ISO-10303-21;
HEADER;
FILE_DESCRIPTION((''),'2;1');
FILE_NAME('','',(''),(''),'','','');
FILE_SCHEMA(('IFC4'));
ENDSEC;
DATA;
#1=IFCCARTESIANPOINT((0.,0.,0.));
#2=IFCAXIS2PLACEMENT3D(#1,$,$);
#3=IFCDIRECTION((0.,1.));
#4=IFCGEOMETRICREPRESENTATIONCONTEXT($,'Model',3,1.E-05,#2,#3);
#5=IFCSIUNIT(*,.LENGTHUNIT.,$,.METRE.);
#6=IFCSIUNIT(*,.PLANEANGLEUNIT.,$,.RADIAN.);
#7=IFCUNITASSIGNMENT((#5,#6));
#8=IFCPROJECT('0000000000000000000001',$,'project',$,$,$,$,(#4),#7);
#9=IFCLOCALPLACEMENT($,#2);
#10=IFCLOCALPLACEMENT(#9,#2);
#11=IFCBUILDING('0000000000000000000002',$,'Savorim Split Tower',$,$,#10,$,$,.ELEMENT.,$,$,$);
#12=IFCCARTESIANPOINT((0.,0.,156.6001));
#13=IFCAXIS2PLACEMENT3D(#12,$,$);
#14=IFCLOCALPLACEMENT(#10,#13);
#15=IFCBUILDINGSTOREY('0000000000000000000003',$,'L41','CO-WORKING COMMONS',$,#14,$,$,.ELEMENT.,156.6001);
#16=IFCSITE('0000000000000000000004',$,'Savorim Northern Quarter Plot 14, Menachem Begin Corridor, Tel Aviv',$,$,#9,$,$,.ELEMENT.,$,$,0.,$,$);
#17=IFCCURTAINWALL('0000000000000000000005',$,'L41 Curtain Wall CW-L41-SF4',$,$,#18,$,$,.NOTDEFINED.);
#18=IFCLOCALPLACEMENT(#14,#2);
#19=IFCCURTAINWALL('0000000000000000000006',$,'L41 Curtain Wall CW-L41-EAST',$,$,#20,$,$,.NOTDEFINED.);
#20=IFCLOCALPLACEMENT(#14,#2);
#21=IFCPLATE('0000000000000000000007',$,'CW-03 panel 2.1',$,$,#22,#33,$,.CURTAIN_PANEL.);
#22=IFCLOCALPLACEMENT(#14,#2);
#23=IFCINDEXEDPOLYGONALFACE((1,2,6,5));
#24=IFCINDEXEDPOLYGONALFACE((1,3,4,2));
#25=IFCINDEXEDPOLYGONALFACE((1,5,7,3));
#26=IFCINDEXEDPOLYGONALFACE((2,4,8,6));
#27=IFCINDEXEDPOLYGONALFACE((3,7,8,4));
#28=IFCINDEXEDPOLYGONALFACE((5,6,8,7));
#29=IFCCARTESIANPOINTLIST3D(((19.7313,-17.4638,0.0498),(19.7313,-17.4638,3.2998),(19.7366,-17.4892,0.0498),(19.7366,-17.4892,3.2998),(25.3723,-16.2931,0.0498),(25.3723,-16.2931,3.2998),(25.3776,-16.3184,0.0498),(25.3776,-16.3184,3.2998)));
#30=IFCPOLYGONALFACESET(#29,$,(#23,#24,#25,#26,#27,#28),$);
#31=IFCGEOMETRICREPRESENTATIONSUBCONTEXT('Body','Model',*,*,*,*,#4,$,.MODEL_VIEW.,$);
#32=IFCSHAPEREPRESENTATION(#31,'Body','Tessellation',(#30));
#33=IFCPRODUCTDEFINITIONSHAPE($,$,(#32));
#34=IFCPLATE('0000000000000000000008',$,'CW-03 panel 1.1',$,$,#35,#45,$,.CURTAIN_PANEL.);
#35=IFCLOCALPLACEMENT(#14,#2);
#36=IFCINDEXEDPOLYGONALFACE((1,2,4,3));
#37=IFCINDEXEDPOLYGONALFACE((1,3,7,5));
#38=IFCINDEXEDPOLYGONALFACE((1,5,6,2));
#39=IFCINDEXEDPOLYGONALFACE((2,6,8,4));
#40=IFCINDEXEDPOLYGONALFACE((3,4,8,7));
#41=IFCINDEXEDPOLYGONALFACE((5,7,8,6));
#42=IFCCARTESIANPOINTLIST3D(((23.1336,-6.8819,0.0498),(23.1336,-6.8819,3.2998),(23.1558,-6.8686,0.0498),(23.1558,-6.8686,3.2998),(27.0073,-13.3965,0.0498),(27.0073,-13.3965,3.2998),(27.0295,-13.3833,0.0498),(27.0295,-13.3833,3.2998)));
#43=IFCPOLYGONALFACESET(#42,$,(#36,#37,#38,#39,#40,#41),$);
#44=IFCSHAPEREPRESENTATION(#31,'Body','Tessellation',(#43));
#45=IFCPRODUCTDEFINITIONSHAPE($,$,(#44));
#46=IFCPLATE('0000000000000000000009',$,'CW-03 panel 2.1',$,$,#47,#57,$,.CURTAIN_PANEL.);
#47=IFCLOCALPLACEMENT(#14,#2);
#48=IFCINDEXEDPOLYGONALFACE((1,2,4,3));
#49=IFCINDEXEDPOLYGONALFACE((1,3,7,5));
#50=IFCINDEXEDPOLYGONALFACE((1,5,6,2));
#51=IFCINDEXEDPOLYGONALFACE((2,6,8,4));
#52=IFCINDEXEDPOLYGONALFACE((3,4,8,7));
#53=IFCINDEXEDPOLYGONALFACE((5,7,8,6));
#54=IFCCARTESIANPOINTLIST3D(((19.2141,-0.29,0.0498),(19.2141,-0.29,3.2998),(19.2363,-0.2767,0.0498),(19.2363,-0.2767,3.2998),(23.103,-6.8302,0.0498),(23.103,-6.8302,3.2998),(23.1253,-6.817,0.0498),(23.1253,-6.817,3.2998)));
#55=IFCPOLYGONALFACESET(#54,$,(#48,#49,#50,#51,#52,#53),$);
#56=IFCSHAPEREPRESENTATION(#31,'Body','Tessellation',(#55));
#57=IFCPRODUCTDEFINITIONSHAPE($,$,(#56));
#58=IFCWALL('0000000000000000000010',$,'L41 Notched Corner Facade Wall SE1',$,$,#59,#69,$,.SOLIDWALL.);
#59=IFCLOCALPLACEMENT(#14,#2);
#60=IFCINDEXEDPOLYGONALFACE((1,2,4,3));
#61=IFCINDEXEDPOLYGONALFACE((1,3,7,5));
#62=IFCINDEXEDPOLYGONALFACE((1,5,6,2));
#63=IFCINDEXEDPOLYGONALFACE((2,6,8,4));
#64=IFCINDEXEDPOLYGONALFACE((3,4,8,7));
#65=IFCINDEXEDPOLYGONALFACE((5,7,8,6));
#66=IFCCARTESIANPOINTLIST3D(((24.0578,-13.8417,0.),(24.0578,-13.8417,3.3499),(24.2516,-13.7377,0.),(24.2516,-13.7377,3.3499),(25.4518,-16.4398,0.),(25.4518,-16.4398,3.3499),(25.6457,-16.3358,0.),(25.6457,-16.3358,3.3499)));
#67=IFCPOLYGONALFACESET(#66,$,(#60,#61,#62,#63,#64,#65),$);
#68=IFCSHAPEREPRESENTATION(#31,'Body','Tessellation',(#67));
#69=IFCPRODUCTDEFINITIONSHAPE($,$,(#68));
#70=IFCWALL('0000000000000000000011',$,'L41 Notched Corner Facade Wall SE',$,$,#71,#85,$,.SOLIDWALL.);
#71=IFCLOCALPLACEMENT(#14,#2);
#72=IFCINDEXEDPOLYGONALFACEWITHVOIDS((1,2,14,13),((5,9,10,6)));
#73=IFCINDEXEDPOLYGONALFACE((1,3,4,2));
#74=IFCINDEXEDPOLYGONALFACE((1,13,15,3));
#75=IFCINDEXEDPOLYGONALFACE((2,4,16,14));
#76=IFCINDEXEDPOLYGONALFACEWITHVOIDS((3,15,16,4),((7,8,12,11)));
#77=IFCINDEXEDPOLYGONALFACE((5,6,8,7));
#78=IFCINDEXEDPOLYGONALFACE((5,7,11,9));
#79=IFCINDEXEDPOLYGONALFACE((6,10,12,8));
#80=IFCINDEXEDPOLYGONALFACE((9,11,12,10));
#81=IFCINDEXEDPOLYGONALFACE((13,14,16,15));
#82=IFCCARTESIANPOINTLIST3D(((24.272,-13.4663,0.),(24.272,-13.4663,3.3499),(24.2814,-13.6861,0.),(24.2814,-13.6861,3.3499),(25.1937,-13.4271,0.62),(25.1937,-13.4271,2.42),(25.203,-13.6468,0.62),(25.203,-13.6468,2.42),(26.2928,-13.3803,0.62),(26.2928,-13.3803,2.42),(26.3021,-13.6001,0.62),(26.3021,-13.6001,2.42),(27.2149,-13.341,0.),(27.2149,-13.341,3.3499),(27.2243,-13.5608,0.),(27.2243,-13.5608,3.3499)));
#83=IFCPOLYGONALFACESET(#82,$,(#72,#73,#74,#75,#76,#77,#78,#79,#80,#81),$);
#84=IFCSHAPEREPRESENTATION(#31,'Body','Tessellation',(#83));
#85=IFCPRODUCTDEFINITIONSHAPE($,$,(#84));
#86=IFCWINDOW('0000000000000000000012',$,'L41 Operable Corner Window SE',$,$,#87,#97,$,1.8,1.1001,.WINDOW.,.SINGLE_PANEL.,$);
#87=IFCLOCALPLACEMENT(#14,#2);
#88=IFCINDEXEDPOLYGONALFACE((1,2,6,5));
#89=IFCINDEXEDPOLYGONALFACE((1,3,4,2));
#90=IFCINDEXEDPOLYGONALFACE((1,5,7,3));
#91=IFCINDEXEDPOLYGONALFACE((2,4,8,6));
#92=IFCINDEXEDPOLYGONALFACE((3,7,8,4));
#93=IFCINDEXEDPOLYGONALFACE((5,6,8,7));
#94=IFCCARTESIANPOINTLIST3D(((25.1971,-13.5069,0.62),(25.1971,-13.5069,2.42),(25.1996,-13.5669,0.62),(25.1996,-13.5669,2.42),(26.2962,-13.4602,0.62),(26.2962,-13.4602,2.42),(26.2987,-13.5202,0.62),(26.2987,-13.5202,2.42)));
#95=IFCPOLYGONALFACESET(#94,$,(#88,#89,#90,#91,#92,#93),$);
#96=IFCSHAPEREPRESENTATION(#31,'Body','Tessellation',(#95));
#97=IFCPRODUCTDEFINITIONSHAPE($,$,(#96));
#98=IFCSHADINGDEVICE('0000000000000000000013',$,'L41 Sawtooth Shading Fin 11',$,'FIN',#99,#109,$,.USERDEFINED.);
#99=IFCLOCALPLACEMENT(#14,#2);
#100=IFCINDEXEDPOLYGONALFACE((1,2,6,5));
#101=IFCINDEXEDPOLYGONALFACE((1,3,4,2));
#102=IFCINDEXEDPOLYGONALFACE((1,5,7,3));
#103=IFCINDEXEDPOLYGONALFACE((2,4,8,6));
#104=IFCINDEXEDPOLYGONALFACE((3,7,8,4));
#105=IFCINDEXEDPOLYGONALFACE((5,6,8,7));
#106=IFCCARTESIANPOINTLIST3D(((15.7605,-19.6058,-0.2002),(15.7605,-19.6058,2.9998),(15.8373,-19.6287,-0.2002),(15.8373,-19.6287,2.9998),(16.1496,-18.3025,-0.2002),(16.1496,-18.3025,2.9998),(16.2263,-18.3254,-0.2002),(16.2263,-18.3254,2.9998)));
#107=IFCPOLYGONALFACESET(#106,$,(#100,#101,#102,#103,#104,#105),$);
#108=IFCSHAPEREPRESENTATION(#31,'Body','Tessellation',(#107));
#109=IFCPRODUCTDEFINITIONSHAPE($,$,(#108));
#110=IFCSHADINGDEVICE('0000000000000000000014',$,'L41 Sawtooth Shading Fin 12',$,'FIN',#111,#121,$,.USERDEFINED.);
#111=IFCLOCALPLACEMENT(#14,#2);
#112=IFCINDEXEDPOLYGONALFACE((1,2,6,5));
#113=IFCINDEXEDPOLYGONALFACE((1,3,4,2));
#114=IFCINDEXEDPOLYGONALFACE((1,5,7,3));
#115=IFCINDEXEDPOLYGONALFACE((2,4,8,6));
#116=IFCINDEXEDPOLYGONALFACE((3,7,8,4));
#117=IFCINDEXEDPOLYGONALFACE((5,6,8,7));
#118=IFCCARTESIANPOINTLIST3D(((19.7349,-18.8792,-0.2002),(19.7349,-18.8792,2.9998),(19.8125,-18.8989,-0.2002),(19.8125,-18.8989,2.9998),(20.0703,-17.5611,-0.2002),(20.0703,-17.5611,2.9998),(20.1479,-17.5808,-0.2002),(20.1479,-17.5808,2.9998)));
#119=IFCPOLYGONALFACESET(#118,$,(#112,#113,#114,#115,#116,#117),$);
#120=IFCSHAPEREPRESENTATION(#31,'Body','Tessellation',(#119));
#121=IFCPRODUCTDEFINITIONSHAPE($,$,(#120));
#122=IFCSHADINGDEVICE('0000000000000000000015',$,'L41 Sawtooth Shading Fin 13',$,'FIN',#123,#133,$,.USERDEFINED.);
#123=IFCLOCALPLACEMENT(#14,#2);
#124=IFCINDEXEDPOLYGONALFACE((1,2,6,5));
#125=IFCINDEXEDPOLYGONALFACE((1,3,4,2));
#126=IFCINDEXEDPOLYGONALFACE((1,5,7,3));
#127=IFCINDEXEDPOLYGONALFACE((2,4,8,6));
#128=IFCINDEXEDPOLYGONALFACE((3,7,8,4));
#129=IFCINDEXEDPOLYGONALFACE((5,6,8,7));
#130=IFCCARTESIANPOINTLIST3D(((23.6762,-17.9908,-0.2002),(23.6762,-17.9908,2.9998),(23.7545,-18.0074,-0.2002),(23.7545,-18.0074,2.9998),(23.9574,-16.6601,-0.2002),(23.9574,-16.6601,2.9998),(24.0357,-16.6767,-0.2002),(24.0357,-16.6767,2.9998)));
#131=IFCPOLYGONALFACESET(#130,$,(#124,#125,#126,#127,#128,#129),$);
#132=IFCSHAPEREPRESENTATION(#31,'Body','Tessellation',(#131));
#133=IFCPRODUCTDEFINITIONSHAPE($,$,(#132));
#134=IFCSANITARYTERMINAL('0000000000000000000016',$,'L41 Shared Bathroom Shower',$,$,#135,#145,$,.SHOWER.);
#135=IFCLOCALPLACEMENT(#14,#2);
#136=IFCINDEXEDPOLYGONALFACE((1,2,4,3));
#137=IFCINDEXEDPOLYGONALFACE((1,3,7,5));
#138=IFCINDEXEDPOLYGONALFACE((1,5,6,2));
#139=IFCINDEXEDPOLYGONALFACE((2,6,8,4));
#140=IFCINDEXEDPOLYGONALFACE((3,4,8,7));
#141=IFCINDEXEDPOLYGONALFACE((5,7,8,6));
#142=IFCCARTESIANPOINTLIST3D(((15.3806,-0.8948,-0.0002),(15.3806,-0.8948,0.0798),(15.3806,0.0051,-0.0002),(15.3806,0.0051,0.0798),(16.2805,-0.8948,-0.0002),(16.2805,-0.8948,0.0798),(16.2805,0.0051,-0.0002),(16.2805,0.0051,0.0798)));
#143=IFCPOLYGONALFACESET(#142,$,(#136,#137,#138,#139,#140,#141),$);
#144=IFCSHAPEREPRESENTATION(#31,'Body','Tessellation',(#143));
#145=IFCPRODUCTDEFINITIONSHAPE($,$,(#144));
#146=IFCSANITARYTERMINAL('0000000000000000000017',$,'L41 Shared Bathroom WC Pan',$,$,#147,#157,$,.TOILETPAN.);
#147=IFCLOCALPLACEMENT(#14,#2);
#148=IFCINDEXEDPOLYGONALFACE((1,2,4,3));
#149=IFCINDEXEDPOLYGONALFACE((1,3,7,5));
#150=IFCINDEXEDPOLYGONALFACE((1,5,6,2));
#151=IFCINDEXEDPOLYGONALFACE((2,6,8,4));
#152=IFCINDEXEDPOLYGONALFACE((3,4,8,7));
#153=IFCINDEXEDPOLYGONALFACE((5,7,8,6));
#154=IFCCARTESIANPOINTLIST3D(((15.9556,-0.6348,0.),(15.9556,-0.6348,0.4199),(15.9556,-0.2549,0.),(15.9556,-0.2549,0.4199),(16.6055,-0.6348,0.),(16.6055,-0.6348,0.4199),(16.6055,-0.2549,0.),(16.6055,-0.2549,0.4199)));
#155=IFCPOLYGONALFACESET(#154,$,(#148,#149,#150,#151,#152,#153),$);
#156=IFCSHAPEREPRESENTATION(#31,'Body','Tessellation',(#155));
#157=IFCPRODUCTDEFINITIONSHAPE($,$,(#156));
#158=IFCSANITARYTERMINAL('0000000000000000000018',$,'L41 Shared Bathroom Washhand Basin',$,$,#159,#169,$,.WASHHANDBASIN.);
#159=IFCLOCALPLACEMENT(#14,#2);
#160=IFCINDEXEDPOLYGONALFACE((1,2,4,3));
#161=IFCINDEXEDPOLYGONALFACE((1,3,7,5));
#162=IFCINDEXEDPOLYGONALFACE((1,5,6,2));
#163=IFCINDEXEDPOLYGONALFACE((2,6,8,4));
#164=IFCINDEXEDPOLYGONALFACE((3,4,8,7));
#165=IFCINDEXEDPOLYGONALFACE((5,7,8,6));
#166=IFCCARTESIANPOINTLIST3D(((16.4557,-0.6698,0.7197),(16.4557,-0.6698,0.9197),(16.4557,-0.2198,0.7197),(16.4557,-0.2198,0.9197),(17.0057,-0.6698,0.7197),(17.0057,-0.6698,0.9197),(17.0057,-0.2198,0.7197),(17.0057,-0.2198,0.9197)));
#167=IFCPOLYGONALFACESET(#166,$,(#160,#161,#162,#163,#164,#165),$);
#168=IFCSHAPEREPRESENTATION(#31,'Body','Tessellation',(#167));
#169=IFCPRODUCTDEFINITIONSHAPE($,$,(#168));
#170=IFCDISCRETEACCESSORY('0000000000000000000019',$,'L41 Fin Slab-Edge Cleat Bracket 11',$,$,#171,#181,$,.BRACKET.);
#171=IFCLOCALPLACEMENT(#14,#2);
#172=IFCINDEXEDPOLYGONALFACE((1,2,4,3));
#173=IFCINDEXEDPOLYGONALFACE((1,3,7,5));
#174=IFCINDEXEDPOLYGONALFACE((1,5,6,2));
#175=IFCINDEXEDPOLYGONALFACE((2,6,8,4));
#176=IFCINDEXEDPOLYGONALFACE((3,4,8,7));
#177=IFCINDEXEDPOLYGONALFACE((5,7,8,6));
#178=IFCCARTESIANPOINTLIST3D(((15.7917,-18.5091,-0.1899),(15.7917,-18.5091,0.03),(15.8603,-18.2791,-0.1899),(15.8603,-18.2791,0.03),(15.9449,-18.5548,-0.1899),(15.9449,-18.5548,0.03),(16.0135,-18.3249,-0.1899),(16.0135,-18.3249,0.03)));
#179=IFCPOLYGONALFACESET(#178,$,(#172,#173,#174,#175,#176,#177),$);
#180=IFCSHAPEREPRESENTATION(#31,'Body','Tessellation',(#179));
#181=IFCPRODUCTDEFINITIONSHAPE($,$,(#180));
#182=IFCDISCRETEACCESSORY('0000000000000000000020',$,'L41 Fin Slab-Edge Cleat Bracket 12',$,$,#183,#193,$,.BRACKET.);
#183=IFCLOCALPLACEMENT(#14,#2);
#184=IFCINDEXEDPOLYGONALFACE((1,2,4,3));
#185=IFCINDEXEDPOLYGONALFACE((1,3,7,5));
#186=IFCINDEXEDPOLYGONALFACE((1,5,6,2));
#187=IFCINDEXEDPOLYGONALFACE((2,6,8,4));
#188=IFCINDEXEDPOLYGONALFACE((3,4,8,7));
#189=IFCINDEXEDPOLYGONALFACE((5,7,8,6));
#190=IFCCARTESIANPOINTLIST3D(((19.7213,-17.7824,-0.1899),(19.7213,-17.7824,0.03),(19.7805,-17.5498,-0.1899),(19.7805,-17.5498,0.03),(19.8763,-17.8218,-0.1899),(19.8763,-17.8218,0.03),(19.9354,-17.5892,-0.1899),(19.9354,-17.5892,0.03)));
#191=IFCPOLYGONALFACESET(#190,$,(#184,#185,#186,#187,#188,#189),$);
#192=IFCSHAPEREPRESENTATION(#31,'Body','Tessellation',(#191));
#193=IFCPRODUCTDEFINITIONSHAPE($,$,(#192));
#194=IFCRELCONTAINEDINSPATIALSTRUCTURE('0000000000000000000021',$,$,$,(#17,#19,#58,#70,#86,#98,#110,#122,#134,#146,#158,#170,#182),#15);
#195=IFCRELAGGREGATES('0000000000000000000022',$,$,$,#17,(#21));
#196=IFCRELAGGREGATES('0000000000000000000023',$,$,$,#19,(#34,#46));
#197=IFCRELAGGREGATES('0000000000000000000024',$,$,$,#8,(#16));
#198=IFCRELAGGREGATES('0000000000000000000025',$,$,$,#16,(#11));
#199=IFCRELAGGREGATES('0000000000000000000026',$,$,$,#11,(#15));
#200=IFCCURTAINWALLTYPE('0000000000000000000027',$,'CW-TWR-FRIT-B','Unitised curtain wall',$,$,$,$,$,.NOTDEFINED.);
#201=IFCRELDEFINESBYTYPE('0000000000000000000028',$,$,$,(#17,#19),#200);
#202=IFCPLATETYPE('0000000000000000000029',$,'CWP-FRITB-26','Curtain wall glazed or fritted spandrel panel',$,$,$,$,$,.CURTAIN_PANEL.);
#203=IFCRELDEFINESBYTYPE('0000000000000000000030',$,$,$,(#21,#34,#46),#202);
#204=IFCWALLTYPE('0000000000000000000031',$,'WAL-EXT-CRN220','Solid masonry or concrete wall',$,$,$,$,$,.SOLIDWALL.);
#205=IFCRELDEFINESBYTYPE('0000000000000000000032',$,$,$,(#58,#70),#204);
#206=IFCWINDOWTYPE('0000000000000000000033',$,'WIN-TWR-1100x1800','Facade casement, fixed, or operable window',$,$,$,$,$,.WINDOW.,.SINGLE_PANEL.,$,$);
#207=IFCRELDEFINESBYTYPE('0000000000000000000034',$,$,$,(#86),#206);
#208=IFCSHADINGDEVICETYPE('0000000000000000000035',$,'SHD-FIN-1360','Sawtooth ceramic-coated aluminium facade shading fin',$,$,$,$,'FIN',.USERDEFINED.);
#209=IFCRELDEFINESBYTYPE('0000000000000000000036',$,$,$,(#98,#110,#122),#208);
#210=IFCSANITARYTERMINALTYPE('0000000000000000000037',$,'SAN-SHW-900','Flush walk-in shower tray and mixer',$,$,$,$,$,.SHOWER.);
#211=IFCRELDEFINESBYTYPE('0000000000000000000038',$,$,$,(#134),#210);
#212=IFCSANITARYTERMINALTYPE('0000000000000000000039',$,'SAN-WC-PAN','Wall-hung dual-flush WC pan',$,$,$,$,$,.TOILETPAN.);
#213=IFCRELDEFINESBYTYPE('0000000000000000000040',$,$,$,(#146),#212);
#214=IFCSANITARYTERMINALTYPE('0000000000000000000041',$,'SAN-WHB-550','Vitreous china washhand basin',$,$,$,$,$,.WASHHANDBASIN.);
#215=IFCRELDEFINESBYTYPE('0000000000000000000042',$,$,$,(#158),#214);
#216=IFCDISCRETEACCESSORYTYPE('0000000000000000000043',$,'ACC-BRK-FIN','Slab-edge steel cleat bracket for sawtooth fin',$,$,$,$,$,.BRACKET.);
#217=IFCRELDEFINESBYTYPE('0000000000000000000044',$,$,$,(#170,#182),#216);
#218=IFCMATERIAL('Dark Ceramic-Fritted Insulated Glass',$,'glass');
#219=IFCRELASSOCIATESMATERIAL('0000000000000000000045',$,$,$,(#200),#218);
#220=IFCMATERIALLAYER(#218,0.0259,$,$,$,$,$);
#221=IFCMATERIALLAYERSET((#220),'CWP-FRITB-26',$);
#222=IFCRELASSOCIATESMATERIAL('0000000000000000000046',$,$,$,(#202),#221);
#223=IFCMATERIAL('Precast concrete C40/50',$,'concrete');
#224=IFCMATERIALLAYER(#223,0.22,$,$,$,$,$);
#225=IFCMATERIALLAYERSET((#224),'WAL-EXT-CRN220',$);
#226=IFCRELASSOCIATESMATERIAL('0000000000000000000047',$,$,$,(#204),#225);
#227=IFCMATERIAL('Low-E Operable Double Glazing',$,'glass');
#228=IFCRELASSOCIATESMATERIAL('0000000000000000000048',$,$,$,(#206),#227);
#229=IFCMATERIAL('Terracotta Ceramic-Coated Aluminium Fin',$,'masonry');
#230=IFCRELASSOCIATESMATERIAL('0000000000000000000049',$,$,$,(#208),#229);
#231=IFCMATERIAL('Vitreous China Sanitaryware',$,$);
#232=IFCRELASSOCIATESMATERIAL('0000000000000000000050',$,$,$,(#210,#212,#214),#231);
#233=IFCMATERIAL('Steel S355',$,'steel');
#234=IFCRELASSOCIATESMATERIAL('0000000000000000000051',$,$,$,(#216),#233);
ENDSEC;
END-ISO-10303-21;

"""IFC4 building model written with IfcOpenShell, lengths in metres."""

from ifc_helpers import new_model, si_unit, direction, frame, frame_2d, origin, origin_2d, place, context, subcontext, project, spatial, rectangle, extrude, material, layer, layer_set, type_object, element, fill, aggregate, save


model = new_model("IFC4")

# Units and contexts
model_context = context("Model", 3, precision=1e-05, world=origin(), true_north=direction((0.0, 1.0)))
body_context = subcontext(model_context, "Body", "Model", "MODEL_VIEW")
ifc_project = project(units=[si_unit("LENGTHUNIT", "METRE"), si_unit("PLANEANGLEUNIT", "RADIAN")], contexts=[model_context])

# Site, building, storey
site_placement = place(None, origin())
site = spatial("IfcSite", under=ifc_project, at=site_placement, Name="Savorim Northern Quarter Plot 14, Menachem Begin Corridor, Tel Aviv", CompositionType="ELEMENT", RefElevation=0.0)
building_placement = place(site_placement, origin())
building = spatial("IfcBuilding", under=site, at=building_placement, Name="Savorim Split Tower", CompositionType="ELEMENT")
storey_placement = place(building_placement, frame((0.0, 0.0, 156.6001)))
storey = spatial("IfcBuildingStorey", under=building, at=storey_placement, Name="L41", Description="CO-WORKING COMMONS", CompositionType="ELEMENT", Elevation=156.6001)

# Shared definitions
ifc_material_1 = material(Name="Steel S355", Category="steel")

# Curtain walls
ifc_material_2 = material(Name="Dark Ceramic-Fritted Insulated Glass", Category="glass")
curtain_wall_type = type_object("IfcCurtainWallType", Name="CW-TWR-FRIT-B", Description="Unitised curtain wall", PredefinedType="NOTDEFINED", material=ifc_material_2)
curtain_wall_1_placement = place(storey_placement, origin())
curtain_wall_1 = element("IfcCurtainWall", 1, at=curtain_wall_1_placement, inside=storey, type_object=curtain_wall_type, Name="L41 Curtain Wall CW-L41-SF4", PredefinedType="NOTDEFINED")
curtain_wall_2_placement = place(storey_placement, origin())
curtain_wall_2 = element("IfcCurtainWall", 2, at=curtain_wall_2_placement, inside=storey, type_object=curtain_wall_type, Name="L41 Curtain Wall CW-L41-EAST", PredefinedType="NOTDEFINED")

# Plates
ifc_layer_1 = layer(ifc_material_2, 0.0259)
ifc_layer_set_1 = layer_set([ifc_layer_1], Name="CWP-FRITB-26")
plate_type = type_object("IfcPlateType", Name="CWP-FRITB-26", Description="Curtain wall glazed or fritted spandrel panel", PredefinedType="CURTAIN_PANEL", material=ifc_layer_set_1)
plate_1_placement = place(storey_placement, frame((22.5544, -16.8911, 0.0498), z_axis=(0.0, 0.0, 1.0), x_axis=(0.979135, 0.20321, 0.0)))
plate_1 = element("IfcPlate", 3, at=plate_1_placement, type_object=plate_type, Name="CW-03 panel 2.1", PredefinedType="CURTAIN_PANEL", context=body_context, shape_type="SweptSolid", body=[
    extrude(rectangle(XDim=5.7612, YDim=0.0259, at=origin_2d()), origin(), (0.0, 0.0, 1.0), 3.25),
])
aggregate(curtain_wall_1, [plate_1])
plate_2_placement = place(storey_placement, frame((25.0815, -10.1326, 0.0498), z_axis=(0.0, 0.0, 1.0), x_axis=(-0.511091, 0.859526, 0.0)))
plate_2 = element("IfcPlate", 4, at=plate_2_placement, type_object=plate_type, Name="CW-03 panel 1.1", PredefinedType="CURTAIN_PANEL", context=body_context, shape_type="SweptSolid", body=[
    extrude(rectangle(XDim=7.5793, YDim=0.0259, at=origin_2d()), origin(), (0.0, 0.0, 1.0), 3.25),
])
plate_3_placement = place(storey_placement, frame((21.1697, -3.5535, 0.0498), z_axis=(0.0, 0.0, 1.0), x_axis=(-0.511091, 0.859526, 0.0)))
plate_3 = element("IfcPlate", 5, at=plate_3_placement, type_object=plate_type, Name="CW-03 panel 2.1", PredefinedType="CURTAIN_PANEL", context=body_context, shape_type="SweptSolid", body=[
    extrude(rectangle(XDim=7.6091, YDim=0.0259, at=origin_2d()), origin(), (0.0, 0.0, 1.0), 3.25),
])
aggregate(curtain_wall_2, [plate_2, plate_3])

# Wall
ifc_material_3 = material(Name="Precast concrete C40/50", Category="concrete")
ifc_layer_2 = layer(ifc_material_3, 0.22)
ifc_layer_set_2 = layer_set([ifc_layer_2], Name="WAL-EXT-CRN220")
wall_type = type_object("IfcWallType", Name="WAL-EXT-CRN220", Description="Solid masonry or concrete wall", PredefinedType="SOLIDWALL", material=ifc_layer_set_2)
wall_1_placement = place(storey_placement, frame((24.1548, -13.7898, 0.0), z_axis=(0.0, 0.0, 1.0), x_axis=(0.472796, -0.881172, 0.0)))
element("IfcWall", 6, at=wall_1_placement, inside=storey, type_object=wall_type, Name="L41 Notched Corner Facade Wall SE1", PredefinedType="SOLIDWALL", context=body_context, shape_type="SweptSolid", body=[
    extrude(rectangle(XDim=2.9485, YDim=0.22, at=frame_2d((1.4741, 0.0))), origin(), (0.0, 0.0, 1.0), 3.3499),
])

# Wall, opening, window
wall_2_placement = place(storey_placement, frame((27.2195, -13.4509, 0.0), z_axis=(0.0, 0.0, 1.0), x_axis=(-0.999096, -0.04252, 0.0)))
wall_2 = element("IfcWall", 7, at=wall_2_placement, inside=storey, type_object=wall_type, Name="L41 Notched Corner Facade Wall SE", PredefinedType="SOLIDWALL", context=body_context, shape_type="SweptSolid", body=[
    extrude(rectangle(XDim=2.9456, YDim=0.22, at=frame_2d((1.4727, 0.0))), origin(), (0.0, 0.0, 1.0), 3.3499),
])
opening_placement = place(wall_2_placement, frame((0.9229, 0.0, 0.6201)))
opening = element("IfcOpeningElement", 8, at=opening_placement, cuts=wall_2, PredefinedType="OPENING", context=body_context, shape_type="SweptSolid", body=[
    extrude(rectangle(XDim=1.1001, YDim=1.8, at=frame_2d((0.55, 0.8999))), frame((0.0, 0.1199, 0.0), z_axis=(0.0, -1.0, 0.0), x_axis=(1.0, 0.0, 0.0)), (0.0, 0.0, 1.0), 0.24),
])
ifc_material_4 = material(Name="Low-E Operable Double Glazing", Category="glass")
window_type = type_object("IfcWindowType", Name="WIN-TWR-1100x1800", Description="Facade casement, fixed, or operable window", PartitioningType="SINGLE_PANEL", PredefinedType="WINDOW", material=ifc_material_4)
window_placement = place(opening_placement, origin())
window = element("IfcWindow", 9, at=window_placement, inside=storey, type_object=window_type, Name="L41 Operable Corner Window SE", OverallHeight=1.8, OverallWidth=1.1001, PartitioningType="SINGLE_PANEL", PredefinedType="WINDOW", context=body_context, shape_type="SweptSolid", body=[
    extrude(rectangle(XDim=1.1001, YDim=1.8, at=frame_2d((0.55, 0.8999))), frame((0.0, 0.03, 0.0), z_axis=(0.0, -1.0, 0.0), x_axis=(1.0, 0.0, 0.0)), (0.0, 0.0, 1.0), 0.0601),
])
fill(opening, window)

# Shading devices
ifc_material_5 = material(Name="Terracotta Ceramic-Coated Aluminium Fin", Category="masonry")
shading_device_type = type_object("IfcShadingDeviceType", Name="SHD-FIN-1360", Description="Sawtooth ceramic-coated aluminium facade shading fin", ElementType="FIN", PredefinedType="USERDEFINED", material=ifc_material_5)
for number, where, z_axis, x_axis, name in (
    (10, (15.9934, -18.9656, -0.2002), (0.0, 0.0, 1.0), (-0.286026, -0.958222, 0.0), "L41 Sawtooth Shading Fin 11"),
    (11, (19.9414, -18.23, -0.2002), (0.0, 0.0, 1.0), (-0.246581, -0.969122, 0.0), "L41 Sawtooth Shading Fin 12"),
    (12, (23.856, -17.3337, -0.2002), (0.0, 0.0, 1.0), (-0.206722, -0.9784, 0.0), "L41 Sawtooth Shading Fin 13"),
):
    element("IfcShadingDevice", number, at=place(storey_placement, frame(where, z_axis=z_axis, x_axis=x_axis)), inside=storey, type_object=shading_device_type, Name=name, ObjectType="FIN", PredefinedType="USERDEFINED", context=body_context, shape_type="SweptSolid", body=[
        extrude(rectangle(XDim=1.3601, YDim=0.0801, at=origin_2d()), origin(), (0.0, 0.0, 1.0), 3.2),
    ])

# Sanitary terminals
ifc_material_6 = material(Name="Vitreous China Sanitaryware")
sanitary_terminal_type_1 = type_object("IfcSanitaryTerminalType", Name="SAN-SHW-900", Description="Flush walk-in shower tray and mixer", PredefinedType="SHOWER", material=ifc_material_6)
sanitary_terminal_1_placement = place(storey_placement, frame((15.8306, -0.4448, -0.0002), z_axis=(0.0, 0.0, 1.0), x_axis=(1.0, 0.0, 0.0)))
element("IfcSanitaryTerminal", 13, at=sanitary_terminal_1_placement, inside=storey, type_object=sanitary_terminal_type_1, Name="L41 Shared Bathroom Shower", PredefinedType="SHOWER", context=body_context, shape_type="SweptSolid", body=[
    extrude(rectangle(XDim=0.8999, YDim=0.8999, at=origin_2d()), origin(), (0.0, 0.0, 1.0), 0.0801),
])
sanitary_terminal_type_2 = type_object("IfcSanitaryTerminalType", Name="SAN-WC-PAN", Description="Wall-hung dual-flush WC pan", PredefinedType="TOILETPAN", material=ifc_material_6)
sanitary_terminal_2_placement = place(storey_placement, frame((16.2805, -0.4448, 0.0), z_axis=(0.0, 0.0, 1.0), x_axis=(1.0, 0.0, 0.0)))
element("IfcSanitaryTerminal", 14, at=sanitary_terminal_2_placement, inside=storey, type_object=sanitary_terminal_type_2, Name="L41 Shared Bathroom WC Pan", PredefinedType="TOILETPAN", context=body_context, shape_type="SweptSolid", body=[
    extrude(rectangle(XDim=0.6499, YDim=0.3799, at=origin_2d()), origin(), (0.0, 0.0, 1.0), 0.4199),
])
sanitary_terminal_type_3 = type_object("IfcSanitaryTerminalType", Name="SAN-WHB-550", Description="Vitreous china washhand basin", PredefinedType="WASHHANDBASIN", material=ifc_material_6)
sanitary_terminal_3_placement = place(storey_placement, frame((16.7307, -0.4448, 0.7197), z_axis=(0.0, 0.0, 1.0), x_axis=(1.0, 0.0, 0.0)))
element("IfcSanitaryTerminal", 15, at=sanitary_terminal_3_placement, inside=storey, type_object=sanitary_terminal_type_3, Name="L41 Shared Bathroom Washhand Basin", PredefinedType="WASHHANDBASIN", context=body_context, shape_type="SweptSolid", body=[
    extrude(rectangle(XDim=0.55, YDim=0.45, at=origin_2d()), origin(), (0.0, 0.0, 1.0), 0.2),
])

# Discrete accessories
discrete_accessory_type = type_object("IfcDiscreteAccessoryType", Name="ACC-BRK-FIN", Description="Slab-edge steel cleat bracket for sawtooth fin", PredefinedType="BRACKET", material=ifc_material_1)
for number, where, z_axis, x_axis, name in (
    (16, (15.9026, -18.417, -0.1899), (0.0, 0.0, 1.0), (-0.286026, -0.958222, 0.0), "L41 Fin Slab-Edge Cleat Bracket 11"),
    (17, (19.8284, -17.6858, -0.1899), (0.0, 0.0, 1.0), (-0.246581, -0.969122, 0.0), "L41 Fin Slab-Edge Cleat Bracket 12"),
):
    element("IfcDiscreteAccessory", number, at=place(storey_placement, frame(where, z_axis=z_axis, x_axis=x_axis)), inside=storey, type_object=discrete_accessory_type, Name=name, PredefinedType="BRACKET", context=body_context, shape_type="SweptSolid", body=[
        extrude(rectangle(XDim=0.24, YDim=0.1599, at=origin_2d()), origin(), (0.0, 0.0, 1.0), 0.22),
    ])

save(model, "model.ifc")
